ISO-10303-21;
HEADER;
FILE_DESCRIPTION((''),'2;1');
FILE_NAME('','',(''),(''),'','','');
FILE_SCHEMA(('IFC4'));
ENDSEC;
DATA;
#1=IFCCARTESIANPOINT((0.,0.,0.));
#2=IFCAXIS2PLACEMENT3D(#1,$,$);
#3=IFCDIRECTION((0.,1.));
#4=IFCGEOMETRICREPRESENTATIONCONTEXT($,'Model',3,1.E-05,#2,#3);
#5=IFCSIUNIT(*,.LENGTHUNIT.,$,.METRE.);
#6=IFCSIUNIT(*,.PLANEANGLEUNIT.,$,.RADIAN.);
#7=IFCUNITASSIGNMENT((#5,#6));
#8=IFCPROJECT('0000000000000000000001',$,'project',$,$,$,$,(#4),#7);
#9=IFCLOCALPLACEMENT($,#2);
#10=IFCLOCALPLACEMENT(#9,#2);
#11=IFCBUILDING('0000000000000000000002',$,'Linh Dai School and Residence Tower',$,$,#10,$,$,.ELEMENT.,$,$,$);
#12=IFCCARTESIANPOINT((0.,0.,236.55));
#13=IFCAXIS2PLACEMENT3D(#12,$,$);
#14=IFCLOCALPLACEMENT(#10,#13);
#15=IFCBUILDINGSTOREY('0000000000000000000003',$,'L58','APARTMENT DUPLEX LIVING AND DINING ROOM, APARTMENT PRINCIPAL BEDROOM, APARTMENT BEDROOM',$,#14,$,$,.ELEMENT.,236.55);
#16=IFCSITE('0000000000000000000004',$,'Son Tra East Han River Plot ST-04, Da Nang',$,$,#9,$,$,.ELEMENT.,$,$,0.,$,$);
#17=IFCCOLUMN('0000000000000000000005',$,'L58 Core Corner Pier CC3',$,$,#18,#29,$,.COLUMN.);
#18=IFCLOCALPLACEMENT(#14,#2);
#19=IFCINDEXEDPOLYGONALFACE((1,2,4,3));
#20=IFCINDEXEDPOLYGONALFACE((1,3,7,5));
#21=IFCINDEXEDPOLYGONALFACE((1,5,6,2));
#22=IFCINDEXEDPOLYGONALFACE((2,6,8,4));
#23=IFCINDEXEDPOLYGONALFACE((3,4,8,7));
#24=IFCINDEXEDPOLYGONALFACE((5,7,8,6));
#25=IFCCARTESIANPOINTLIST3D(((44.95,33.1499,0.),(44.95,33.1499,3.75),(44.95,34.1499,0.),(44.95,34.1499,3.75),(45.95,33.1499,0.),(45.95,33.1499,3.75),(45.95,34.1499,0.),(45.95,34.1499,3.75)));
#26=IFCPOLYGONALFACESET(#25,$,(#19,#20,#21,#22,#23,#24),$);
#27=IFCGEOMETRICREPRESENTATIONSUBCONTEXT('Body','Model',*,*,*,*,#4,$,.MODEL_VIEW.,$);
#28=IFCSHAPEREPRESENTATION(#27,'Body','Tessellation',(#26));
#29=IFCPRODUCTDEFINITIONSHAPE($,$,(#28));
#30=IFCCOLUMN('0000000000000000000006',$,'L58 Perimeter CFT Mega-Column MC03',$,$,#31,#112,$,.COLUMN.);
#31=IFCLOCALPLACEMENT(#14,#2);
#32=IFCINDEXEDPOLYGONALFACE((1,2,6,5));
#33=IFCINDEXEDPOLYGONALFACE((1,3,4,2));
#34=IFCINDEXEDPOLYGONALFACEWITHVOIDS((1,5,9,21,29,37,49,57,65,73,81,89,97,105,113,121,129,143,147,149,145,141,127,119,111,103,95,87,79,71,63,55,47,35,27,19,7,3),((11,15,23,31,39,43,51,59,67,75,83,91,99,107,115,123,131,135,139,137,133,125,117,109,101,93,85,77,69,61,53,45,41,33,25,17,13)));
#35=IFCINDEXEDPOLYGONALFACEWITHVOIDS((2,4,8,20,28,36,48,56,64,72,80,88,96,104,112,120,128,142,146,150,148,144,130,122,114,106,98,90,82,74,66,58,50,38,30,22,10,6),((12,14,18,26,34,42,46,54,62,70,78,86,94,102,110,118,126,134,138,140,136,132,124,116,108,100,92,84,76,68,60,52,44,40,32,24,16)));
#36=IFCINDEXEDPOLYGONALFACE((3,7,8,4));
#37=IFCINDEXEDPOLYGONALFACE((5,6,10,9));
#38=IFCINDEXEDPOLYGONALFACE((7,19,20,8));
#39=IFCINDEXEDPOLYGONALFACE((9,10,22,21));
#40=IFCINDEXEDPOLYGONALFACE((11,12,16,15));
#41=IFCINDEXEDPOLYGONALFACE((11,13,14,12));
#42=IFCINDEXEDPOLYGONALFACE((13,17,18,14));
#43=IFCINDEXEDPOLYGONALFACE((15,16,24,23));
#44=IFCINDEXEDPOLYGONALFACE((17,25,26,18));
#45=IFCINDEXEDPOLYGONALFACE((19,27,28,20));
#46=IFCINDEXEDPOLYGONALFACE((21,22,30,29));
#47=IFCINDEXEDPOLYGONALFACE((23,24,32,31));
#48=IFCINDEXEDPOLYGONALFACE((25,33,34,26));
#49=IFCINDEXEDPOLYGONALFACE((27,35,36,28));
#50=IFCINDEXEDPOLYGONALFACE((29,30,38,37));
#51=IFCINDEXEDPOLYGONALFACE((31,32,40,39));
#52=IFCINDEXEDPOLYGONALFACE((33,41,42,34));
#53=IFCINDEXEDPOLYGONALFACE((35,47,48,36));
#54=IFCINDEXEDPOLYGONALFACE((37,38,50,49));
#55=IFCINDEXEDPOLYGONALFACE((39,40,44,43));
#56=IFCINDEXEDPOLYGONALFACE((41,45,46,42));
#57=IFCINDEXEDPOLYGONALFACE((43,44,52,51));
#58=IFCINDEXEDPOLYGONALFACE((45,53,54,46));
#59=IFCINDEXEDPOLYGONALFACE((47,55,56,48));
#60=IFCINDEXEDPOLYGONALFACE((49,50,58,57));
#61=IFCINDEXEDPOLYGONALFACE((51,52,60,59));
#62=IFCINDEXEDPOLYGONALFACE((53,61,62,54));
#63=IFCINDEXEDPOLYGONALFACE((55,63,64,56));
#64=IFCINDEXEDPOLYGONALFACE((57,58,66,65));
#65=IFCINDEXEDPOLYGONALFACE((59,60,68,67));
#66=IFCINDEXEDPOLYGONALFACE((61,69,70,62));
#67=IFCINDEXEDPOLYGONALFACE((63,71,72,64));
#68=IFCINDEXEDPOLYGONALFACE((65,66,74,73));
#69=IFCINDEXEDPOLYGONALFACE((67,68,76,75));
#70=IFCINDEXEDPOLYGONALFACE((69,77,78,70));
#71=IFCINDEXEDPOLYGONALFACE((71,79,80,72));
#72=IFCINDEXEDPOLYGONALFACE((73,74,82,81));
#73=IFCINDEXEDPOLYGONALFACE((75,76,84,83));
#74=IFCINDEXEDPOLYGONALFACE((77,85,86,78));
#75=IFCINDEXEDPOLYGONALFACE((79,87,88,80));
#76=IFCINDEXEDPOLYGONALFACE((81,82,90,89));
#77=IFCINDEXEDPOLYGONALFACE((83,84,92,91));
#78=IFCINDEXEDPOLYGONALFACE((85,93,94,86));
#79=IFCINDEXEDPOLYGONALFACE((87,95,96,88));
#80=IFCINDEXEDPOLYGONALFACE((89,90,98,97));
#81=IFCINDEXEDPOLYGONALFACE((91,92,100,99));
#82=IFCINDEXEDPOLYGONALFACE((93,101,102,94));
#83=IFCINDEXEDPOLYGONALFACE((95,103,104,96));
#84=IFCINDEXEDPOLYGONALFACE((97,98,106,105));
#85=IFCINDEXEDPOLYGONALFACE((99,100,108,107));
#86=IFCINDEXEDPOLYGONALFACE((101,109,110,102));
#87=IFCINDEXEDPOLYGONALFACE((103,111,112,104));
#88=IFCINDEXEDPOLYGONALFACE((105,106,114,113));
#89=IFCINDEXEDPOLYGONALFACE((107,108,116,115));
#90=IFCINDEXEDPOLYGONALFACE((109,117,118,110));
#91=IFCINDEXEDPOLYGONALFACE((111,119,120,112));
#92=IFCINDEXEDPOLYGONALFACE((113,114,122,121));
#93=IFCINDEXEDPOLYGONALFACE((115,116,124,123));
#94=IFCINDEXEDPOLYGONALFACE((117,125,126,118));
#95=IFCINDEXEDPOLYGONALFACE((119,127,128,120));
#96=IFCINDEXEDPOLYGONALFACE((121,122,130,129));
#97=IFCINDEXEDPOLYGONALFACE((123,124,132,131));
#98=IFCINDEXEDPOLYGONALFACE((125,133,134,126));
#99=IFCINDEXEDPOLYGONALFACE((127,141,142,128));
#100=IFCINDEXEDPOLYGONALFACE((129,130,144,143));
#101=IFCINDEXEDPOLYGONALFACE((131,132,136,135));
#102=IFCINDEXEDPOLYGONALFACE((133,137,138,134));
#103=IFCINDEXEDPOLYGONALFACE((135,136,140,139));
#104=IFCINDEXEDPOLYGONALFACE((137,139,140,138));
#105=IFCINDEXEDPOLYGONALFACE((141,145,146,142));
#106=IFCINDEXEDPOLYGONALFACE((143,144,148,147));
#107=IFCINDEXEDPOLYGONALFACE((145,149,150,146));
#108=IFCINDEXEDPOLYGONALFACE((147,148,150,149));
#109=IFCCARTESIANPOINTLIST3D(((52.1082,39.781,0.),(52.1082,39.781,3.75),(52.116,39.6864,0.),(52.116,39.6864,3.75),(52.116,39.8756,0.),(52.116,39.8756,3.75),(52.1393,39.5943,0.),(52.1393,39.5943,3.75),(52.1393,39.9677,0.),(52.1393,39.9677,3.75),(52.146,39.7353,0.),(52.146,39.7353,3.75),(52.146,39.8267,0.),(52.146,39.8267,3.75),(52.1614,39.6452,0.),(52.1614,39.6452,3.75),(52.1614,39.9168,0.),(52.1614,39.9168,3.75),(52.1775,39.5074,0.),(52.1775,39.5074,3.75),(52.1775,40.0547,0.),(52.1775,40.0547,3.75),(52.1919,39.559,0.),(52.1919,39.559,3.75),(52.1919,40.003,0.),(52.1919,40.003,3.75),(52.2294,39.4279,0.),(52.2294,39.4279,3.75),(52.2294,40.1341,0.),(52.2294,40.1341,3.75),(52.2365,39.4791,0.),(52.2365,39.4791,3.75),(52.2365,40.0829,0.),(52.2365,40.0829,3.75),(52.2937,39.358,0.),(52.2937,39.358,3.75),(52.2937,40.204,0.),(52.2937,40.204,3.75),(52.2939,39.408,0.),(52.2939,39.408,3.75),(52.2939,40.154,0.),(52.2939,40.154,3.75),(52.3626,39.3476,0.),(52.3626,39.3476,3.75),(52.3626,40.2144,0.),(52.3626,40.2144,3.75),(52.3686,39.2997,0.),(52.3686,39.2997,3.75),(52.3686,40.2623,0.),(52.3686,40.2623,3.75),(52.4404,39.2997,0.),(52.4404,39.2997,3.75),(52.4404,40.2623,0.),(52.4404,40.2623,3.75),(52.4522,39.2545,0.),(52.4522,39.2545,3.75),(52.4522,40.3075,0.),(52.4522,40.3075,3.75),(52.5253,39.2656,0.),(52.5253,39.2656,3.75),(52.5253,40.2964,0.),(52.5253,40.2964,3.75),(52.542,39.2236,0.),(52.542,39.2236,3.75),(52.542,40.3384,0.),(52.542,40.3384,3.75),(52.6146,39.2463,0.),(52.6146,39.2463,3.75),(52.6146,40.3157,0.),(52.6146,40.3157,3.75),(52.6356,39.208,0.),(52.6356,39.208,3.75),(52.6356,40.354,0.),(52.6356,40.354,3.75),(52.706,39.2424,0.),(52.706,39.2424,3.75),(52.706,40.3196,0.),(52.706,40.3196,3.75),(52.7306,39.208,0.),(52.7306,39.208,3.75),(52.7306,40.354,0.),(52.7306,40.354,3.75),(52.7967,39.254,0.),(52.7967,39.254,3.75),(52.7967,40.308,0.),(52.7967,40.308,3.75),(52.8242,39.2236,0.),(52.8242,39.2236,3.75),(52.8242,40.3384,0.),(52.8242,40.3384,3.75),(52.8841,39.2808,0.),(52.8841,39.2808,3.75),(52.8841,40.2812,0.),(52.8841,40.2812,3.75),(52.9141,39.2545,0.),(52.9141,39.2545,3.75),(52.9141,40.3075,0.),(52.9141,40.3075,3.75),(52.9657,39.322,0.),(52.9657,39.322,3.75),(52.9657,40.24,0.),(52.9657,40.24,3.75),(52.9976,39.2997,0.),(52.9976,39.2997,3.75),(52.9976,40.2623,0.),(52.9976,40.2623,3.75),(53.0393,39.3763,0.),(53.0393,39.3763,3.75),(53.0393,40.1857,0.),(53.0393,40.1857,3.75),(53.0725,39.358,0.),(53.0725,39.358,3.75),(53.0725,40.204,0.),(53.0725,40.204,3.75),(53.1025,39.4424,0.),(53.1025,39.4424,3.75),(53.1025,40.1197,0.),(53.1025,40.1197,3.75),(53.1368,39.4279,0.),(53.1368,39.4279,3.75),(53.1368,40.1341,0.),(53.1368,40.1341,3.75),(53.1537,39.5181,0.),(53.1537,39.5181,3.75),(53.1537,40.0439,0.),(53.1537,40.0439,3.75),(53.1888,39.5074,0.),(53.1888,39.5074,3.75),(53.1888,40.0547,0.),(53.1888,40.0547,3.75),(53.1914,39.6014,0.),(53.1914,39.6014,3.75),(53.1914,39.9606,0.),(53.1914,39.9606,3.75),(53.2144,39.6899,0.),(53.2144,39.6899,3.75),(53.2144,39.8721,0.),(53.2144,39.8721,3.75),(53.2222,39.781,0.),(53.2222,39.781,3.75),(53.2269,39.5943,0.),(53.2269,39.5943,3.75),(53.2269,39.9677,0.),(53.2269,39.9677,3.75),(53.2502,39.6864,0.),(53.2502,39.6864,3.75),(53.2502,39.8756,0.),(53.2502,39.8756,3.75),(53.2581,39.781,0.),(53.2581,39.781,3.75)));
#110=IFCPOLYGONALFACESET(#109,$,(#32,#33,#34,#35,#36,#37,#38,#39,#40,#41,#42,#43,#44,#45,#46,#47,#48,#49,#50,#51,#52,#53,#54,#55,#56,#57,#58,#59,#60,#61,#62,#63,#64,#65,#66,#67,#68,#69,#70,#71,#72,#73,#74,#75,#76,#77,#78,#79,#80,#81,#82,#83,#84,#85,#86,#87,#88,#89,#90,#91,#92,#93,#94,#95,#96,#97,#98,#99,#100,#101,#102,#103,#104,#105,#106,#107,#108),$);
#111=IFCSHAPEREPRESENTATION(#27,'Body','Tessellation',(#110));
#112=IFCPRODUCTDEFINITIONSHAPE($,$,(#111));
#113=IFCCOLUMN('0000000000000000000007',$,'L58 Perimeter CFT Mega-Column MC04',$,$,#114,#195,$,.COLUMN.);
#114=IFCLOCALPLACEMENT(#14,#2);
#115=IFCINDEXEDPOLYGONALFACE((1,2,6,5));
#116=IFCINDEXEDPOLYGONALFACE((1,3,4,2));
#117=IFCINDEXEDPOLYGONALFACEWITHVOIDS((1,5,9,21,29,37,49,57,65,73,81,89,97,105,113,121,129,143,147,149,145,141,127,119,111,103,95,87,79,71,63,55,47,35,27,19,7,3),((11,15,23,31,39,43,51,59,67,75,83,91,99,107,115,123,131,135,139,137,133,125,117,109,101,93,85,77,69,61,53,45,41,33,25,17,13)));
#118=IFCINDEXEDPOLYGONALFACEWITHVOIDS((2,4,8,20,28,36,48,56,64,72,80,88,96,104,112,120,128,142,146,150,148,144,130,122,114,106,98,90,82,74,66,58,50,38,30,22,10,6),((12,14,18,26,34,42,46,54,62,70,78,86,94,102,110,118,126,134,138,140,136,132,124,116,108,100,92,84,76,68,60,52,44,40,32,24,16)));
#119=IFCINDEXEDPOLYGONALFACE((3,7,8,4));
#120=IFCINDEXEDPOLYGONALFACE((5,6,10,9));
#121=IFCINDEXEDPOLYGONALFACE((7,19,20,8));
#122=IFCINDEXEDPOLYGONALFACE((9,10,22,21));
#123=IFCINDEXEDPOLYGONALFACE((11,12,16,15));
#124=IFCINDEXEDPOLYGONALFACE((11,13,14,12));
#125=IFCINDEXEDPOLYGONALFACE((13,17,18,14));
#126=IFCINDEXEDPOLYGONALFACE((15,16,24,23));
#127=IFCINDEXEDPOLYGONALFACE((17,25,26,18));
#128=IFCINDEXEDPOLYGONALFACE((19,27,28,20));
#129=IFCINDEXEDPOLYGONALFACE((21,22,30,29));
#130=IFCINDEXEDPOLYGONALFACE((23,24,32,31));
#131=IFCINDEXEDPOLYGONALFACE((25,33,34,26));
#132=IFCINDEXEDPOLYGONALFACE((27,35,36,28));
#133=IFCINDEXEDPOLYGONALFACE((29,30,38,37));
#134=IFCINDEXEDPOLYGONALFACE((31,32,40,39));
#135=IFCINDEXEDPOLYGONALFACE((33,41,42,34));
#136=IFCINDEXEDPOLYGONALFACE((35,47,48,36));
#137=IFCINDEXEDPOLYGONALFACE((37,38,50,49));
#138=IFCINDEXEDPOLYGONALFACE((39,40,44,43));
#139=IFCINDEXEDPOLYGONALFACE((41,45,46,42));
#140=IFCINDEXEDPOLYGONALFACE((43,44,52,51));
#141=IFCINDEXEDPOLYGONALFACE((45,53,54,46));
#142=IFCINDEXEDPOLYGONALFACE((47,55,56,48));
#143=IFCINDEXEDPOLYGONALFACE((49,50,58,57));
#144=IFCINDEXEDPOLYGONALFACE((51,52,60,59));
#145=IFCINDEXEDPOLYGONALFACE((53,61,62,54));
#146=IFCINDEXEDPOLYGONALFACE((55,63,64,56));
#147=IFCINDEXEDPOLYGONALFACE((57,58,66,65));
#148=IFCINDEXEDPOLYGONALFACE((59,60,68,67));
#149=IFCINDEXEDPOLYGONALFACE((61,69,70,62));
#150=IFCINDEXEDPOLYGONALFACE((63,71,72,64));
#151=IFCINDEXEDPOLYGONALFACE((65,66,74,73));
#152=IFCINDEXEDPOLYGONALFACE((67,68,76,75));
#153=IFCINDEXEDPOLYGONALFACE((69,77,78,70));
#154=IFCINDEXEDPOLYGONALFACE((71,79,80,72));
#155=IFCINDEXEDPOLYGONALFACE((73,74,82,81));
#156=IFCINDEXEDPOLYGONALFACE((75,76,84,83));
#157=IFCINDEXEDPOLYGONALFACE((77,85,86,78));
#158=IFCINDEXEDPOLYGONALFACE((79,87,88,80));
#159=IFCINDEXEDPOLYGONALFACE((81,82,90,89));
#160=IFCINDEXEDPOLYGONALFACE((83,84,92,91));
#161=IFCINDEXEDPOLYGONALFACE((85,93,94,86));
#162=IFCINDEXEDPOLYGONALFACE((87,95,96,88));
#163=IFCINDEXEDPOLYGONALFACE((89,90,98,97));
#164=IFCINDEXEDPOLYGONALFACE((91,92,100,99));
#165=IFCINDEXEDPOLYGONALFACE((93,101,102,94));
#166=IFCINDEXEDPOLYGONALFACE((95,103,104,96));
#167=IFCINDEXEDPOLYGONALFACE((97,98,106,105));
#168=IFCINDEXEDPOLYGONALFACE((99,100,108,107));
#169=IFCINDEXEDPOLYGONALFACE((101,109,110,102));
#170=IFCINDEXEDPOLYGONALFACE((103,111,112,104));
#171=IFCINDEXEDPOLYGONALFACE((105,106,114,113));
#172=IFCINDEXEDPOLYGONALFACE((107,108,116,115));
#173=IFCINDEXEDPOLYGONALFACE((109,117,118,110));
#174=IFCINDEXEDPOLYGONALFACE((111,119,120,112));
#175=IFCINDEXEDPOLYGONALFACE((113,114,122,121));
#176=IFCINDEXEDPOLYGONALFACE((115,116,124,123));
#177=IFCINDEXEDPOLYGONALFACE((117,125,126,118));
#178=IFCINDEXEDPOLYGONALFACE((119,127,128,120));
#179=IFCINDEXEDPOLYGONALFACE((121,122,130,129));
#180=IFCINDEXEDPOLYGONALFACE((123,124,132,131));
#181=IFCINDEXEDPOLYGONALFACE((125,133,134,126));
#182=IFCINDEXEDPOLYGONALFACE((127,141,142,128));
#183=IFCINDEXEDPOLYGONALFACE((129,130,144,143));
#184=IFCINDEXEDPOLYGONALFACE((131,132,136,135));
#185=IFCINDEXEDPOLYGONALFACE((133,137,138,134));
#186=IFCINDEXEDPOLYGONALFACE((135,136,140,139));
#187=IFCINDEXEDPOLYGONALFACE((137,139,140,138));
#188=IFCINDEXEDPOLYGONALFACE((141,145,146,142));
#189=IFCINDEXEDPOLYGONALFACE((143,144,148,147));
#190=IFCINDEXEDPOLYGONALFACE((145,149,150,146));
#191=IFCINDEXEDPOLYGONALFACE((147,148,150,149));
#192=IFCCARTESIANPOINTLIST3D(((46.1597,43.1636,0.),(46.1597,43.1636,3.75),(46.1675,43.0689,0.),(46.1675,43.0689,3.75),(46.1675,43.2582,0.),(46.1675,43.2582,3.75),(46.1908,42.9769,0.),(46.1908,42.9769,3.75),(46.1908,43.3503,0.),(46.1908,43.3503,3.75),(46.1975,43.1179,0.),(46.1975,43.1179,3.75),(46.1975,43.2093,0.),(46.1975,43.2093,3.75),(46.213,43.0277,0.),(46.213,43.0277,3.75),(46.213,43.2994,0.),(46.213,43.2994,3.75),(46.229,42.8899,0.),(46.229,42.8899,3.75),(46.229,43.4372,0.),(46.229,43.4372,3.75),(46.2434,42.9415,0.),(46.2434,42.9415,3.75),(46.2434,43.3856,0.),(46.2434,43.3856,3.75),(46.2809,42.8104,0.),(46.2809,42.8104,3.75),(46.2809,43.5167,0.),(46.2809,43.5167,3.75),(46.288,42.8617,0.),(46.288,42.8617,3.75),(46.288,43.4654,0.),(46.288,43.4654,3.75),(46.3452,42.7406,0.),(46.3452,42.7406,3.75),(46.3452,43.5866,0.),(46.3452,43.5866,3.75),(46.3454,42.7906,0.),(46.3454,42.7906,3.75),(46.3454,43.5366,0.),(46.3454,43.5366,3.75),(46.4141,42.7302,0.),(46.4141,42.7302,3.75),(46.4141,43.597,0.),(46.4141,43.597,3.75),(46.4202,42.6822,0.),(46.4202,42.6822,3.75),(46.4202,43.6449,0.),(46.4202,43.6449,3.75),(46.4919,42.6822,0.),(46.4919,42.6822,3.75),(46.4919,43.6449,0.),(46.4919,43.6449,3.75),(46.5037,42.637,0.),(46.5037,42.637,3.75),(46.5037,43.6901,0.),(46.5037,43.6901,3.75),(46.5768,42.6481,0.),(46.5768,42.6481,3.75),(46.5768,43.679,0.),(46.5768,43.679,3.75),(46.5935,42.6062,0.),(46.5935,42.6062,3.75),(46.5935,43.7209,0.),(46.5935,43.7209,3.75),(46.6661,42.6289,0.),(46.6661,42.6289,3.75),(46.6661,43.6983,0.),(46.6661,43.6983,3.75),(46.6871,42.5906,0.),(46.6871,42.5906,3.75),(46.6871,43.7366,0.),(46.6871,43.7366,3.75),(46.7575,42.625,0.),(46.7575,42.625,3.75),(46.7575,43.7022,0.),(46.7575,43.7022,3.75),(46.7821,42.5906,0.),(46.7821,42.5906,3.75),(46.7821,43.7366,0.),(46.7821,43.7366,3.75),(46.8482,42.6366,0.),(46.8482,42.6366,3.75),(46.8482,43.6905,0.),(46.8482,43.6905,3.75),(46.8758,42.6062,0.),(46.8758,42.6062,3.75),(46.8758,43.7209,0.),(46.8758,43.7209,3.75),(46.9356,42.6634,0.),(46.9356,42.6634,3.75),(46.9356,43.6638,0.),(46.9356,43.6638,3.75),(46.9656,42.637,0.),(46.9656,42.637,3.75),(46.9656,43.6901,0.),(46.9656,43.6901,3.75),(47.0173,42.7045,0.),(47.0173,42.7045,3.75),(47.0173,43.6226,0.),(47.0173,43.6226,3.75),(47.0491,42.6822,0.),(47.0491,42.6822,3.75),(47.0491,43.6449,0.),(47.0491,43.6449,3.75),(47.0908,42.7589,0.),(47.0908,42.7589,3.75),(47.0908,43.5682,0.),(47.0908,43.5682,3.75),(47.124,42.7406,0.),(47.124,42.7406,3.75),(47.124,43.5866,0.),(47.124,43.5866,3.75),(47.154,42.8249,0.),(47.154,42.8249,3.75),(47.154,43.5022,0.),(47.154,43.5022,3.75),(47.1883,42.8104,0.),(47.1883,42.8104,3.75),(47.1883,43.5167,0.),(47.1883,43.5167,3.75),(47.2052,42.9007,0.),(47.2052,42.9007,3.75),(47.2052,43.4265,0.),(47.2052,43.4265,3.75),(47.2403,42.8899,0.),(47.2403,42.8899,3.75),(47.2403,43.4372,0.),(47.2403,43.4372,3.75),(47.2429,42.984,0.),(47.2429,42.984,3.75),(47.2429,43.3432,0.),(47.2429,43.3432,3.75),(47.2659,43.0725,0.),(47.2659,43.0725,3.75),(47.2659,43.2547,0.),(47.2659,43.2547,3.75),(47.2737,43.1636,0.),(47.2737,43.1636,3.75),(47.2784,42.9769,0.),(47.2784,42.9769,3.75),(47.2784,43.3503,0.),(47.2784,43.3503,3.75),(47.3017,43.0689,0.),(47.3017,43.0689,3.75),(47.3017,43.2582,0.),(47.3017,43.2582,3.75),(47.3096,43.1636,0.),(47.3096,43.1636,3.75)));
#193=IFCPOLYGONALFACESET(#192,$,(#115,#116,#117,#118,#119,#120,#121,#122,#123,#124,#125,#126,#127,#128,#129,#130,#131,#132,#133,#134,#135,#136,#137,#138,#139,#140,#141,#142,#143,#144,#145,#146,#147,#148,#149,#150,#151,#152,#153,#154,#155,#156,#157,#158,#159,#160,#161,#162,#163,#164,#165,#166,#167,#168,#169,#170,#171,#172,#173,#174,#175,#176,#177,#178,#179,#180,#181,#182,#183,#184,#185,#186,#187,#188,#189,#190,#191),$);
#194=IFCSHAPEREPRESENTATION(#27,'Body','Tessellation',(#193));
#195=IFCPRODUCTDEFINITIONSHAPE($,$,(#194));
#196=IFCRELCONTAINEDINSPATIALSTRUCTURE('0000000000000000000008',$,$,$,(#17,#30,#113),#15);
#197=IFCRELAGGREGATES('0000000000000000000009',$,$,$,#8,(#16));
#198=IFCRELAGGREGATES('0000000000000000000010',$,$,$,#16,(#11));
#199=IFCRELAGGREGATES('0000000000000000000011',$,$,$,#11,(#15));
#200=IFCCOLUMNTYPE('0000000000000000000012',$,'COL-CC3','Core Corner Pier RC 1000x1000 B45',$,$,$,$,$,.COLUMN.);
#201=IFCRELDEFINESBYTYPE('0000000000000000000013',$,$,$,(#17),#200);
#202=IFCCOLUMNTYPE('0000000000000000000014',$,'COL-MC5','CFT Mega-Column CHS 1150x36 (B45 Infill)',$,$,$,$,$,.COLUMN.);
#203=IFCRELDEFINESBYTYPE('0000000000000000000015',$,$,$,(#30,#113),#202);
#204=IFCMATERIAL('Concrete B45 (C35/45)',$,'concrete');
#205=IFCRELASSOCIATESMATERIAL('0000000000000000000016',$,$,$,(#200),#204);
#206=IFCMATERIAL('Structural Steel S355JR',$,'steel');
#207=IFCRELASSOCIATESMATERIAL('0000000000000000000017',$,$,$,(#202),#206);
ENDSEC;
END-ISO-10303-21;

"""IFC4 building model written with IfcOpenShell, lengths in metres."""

from ifc_helpers import new_model, si_unit, direction, frame, origin, origin_2d, place, context, subcontext, project, spatial, rectangle, hollow_circle, extrude, material, material_profile, profile_set, type_object, element, save


model = new_model("IFC4")

# Units and contexts
model_context = context("Model", 3, precision=1e-05, world=origin(), true_north=direction((0.0, 1.0)))
body_context = subcontext(model_context, "Body", "Model", "MODEL_VIEW")
ifc_project = project(units=[si_unit("LENGTHUNIT", "METRE"), si_unit("PLANEANGLEUNIT", "RADIAN")], contexts=[model_context])

# Site, building, storey
site_placement = place(None, origin())
site = spatial("IfcSite", under=ifc_project, at=site_placement, Name="Son Tra East Han River Plot ST-04, Da Nang", CompositionType="ELEMENT", RefElevation=0.0)
building_placement = place(site_placement, origin())
building = spatial("IfcBuilding", under=site, at=building_placement, Name="Linh Dai School and Residence Tower", CompositionType="ELEMENT")
storey_placement = place(building_placement, frame((0.0, 0.0, 236.55)))
storey = spatial("IfcBuildingStorey", under=building, at=storey_placement, Name="L58", Description="APARTMENT DUPLEX LIVING AND DINING ROOM, APARTMENT PRINCIPAL BEDROOM, APARTMENT BEDROOM", CompositionType="ELEMENT", Elevation=236.55)

# Columns
ifc_material_1 = material(Name="Concrete B45 (C35/45)", Category="concrete")
ifc_material_profile_1 = material_profile(ifc_material_1, rectangle(XDim=1.0, YDim=1.0, at=origin_2d()), Name="RC 1000x1000")
ifc_profile_set_1 = profile_set([ifc_material_profile_1], Name="Concrete B45 (C35/45)")
column_type_1 = type_object("IfcColumnType", Name="COL-CC3", Description="Core Corner Pier RC 1000x1000 B45", PredefinedType="COLUMN", material=ifc_profile_set_1)
column_placement = place(storey_placement, frame((45.45, 33.6499, 0.0), z_axis=(0.0, 0.0, 1.0), x_axis=(1.0, 0.0, 0.0)))
element("IfcColumn", 1, at=column_placement, inside=storey, type_object=column_type_1, Name="L58 Core Corner Pier CC3", PredefinedType="COLUMN", context=body_context, shape_type="SweptSolid", body=[
    extrude(rectangle(XDim=1.0, YDim=1.0, at=origin_2d()), origin(), (0.0, 0.0, 1.0), 3.75),
])
ifc_material_2 = material(Name="Structural Steel S355JR", Category="steel")
ifc_material_profile_2 = material_profile(ifc_material_2, hollow_circle(Radius=0.575, WallThickness=0.0359, at=origin_2d()), Name="CHS 1150x36")
ifc_profile_set_2 = profile_set([ifc_material_profile_2], Name="Structural Steel S355JR")
column_type_2 = type_object("IfcColumnType", Name="COL-MC5", Description="CFT Mega-Column CHS 1150x36 (B45 Infill)", PredefinedType="COLUMN", material=ifc_profile_set_2)
for number, where, z_axis, x_axis, name in (
    (2, (52.6831, 39.781, 0.0), (0.0, 0.0, 1.0), (1.0, 0.0, 0.0), "L58 Perimeter CFT Mega-Column MC03"),
    (3, (46.7346, 43.1636, 0.0), (0.0, 0.0, 1.0), (1.0, 0.0, 0.0), "L58 Perimeter CFT Mega-Column MC04"),
):
    element("IfcColumn", number, at=place(storey_placement, frame(where, z_axis=z_axis, x_axis=x_axis)), inside=storey, type_object=column_type_2, Name=name, PredefinedType="COLUMN", context=body_context, shape_type="SweptSolid", body=[
        extrude(hollow_circle(Radius=0.575, WallThickness=0.0359, at=origin_2d()), origin(), (0.0, 0.0, 1.0), 3.75),
    ])

save(model, "model.ifc")
